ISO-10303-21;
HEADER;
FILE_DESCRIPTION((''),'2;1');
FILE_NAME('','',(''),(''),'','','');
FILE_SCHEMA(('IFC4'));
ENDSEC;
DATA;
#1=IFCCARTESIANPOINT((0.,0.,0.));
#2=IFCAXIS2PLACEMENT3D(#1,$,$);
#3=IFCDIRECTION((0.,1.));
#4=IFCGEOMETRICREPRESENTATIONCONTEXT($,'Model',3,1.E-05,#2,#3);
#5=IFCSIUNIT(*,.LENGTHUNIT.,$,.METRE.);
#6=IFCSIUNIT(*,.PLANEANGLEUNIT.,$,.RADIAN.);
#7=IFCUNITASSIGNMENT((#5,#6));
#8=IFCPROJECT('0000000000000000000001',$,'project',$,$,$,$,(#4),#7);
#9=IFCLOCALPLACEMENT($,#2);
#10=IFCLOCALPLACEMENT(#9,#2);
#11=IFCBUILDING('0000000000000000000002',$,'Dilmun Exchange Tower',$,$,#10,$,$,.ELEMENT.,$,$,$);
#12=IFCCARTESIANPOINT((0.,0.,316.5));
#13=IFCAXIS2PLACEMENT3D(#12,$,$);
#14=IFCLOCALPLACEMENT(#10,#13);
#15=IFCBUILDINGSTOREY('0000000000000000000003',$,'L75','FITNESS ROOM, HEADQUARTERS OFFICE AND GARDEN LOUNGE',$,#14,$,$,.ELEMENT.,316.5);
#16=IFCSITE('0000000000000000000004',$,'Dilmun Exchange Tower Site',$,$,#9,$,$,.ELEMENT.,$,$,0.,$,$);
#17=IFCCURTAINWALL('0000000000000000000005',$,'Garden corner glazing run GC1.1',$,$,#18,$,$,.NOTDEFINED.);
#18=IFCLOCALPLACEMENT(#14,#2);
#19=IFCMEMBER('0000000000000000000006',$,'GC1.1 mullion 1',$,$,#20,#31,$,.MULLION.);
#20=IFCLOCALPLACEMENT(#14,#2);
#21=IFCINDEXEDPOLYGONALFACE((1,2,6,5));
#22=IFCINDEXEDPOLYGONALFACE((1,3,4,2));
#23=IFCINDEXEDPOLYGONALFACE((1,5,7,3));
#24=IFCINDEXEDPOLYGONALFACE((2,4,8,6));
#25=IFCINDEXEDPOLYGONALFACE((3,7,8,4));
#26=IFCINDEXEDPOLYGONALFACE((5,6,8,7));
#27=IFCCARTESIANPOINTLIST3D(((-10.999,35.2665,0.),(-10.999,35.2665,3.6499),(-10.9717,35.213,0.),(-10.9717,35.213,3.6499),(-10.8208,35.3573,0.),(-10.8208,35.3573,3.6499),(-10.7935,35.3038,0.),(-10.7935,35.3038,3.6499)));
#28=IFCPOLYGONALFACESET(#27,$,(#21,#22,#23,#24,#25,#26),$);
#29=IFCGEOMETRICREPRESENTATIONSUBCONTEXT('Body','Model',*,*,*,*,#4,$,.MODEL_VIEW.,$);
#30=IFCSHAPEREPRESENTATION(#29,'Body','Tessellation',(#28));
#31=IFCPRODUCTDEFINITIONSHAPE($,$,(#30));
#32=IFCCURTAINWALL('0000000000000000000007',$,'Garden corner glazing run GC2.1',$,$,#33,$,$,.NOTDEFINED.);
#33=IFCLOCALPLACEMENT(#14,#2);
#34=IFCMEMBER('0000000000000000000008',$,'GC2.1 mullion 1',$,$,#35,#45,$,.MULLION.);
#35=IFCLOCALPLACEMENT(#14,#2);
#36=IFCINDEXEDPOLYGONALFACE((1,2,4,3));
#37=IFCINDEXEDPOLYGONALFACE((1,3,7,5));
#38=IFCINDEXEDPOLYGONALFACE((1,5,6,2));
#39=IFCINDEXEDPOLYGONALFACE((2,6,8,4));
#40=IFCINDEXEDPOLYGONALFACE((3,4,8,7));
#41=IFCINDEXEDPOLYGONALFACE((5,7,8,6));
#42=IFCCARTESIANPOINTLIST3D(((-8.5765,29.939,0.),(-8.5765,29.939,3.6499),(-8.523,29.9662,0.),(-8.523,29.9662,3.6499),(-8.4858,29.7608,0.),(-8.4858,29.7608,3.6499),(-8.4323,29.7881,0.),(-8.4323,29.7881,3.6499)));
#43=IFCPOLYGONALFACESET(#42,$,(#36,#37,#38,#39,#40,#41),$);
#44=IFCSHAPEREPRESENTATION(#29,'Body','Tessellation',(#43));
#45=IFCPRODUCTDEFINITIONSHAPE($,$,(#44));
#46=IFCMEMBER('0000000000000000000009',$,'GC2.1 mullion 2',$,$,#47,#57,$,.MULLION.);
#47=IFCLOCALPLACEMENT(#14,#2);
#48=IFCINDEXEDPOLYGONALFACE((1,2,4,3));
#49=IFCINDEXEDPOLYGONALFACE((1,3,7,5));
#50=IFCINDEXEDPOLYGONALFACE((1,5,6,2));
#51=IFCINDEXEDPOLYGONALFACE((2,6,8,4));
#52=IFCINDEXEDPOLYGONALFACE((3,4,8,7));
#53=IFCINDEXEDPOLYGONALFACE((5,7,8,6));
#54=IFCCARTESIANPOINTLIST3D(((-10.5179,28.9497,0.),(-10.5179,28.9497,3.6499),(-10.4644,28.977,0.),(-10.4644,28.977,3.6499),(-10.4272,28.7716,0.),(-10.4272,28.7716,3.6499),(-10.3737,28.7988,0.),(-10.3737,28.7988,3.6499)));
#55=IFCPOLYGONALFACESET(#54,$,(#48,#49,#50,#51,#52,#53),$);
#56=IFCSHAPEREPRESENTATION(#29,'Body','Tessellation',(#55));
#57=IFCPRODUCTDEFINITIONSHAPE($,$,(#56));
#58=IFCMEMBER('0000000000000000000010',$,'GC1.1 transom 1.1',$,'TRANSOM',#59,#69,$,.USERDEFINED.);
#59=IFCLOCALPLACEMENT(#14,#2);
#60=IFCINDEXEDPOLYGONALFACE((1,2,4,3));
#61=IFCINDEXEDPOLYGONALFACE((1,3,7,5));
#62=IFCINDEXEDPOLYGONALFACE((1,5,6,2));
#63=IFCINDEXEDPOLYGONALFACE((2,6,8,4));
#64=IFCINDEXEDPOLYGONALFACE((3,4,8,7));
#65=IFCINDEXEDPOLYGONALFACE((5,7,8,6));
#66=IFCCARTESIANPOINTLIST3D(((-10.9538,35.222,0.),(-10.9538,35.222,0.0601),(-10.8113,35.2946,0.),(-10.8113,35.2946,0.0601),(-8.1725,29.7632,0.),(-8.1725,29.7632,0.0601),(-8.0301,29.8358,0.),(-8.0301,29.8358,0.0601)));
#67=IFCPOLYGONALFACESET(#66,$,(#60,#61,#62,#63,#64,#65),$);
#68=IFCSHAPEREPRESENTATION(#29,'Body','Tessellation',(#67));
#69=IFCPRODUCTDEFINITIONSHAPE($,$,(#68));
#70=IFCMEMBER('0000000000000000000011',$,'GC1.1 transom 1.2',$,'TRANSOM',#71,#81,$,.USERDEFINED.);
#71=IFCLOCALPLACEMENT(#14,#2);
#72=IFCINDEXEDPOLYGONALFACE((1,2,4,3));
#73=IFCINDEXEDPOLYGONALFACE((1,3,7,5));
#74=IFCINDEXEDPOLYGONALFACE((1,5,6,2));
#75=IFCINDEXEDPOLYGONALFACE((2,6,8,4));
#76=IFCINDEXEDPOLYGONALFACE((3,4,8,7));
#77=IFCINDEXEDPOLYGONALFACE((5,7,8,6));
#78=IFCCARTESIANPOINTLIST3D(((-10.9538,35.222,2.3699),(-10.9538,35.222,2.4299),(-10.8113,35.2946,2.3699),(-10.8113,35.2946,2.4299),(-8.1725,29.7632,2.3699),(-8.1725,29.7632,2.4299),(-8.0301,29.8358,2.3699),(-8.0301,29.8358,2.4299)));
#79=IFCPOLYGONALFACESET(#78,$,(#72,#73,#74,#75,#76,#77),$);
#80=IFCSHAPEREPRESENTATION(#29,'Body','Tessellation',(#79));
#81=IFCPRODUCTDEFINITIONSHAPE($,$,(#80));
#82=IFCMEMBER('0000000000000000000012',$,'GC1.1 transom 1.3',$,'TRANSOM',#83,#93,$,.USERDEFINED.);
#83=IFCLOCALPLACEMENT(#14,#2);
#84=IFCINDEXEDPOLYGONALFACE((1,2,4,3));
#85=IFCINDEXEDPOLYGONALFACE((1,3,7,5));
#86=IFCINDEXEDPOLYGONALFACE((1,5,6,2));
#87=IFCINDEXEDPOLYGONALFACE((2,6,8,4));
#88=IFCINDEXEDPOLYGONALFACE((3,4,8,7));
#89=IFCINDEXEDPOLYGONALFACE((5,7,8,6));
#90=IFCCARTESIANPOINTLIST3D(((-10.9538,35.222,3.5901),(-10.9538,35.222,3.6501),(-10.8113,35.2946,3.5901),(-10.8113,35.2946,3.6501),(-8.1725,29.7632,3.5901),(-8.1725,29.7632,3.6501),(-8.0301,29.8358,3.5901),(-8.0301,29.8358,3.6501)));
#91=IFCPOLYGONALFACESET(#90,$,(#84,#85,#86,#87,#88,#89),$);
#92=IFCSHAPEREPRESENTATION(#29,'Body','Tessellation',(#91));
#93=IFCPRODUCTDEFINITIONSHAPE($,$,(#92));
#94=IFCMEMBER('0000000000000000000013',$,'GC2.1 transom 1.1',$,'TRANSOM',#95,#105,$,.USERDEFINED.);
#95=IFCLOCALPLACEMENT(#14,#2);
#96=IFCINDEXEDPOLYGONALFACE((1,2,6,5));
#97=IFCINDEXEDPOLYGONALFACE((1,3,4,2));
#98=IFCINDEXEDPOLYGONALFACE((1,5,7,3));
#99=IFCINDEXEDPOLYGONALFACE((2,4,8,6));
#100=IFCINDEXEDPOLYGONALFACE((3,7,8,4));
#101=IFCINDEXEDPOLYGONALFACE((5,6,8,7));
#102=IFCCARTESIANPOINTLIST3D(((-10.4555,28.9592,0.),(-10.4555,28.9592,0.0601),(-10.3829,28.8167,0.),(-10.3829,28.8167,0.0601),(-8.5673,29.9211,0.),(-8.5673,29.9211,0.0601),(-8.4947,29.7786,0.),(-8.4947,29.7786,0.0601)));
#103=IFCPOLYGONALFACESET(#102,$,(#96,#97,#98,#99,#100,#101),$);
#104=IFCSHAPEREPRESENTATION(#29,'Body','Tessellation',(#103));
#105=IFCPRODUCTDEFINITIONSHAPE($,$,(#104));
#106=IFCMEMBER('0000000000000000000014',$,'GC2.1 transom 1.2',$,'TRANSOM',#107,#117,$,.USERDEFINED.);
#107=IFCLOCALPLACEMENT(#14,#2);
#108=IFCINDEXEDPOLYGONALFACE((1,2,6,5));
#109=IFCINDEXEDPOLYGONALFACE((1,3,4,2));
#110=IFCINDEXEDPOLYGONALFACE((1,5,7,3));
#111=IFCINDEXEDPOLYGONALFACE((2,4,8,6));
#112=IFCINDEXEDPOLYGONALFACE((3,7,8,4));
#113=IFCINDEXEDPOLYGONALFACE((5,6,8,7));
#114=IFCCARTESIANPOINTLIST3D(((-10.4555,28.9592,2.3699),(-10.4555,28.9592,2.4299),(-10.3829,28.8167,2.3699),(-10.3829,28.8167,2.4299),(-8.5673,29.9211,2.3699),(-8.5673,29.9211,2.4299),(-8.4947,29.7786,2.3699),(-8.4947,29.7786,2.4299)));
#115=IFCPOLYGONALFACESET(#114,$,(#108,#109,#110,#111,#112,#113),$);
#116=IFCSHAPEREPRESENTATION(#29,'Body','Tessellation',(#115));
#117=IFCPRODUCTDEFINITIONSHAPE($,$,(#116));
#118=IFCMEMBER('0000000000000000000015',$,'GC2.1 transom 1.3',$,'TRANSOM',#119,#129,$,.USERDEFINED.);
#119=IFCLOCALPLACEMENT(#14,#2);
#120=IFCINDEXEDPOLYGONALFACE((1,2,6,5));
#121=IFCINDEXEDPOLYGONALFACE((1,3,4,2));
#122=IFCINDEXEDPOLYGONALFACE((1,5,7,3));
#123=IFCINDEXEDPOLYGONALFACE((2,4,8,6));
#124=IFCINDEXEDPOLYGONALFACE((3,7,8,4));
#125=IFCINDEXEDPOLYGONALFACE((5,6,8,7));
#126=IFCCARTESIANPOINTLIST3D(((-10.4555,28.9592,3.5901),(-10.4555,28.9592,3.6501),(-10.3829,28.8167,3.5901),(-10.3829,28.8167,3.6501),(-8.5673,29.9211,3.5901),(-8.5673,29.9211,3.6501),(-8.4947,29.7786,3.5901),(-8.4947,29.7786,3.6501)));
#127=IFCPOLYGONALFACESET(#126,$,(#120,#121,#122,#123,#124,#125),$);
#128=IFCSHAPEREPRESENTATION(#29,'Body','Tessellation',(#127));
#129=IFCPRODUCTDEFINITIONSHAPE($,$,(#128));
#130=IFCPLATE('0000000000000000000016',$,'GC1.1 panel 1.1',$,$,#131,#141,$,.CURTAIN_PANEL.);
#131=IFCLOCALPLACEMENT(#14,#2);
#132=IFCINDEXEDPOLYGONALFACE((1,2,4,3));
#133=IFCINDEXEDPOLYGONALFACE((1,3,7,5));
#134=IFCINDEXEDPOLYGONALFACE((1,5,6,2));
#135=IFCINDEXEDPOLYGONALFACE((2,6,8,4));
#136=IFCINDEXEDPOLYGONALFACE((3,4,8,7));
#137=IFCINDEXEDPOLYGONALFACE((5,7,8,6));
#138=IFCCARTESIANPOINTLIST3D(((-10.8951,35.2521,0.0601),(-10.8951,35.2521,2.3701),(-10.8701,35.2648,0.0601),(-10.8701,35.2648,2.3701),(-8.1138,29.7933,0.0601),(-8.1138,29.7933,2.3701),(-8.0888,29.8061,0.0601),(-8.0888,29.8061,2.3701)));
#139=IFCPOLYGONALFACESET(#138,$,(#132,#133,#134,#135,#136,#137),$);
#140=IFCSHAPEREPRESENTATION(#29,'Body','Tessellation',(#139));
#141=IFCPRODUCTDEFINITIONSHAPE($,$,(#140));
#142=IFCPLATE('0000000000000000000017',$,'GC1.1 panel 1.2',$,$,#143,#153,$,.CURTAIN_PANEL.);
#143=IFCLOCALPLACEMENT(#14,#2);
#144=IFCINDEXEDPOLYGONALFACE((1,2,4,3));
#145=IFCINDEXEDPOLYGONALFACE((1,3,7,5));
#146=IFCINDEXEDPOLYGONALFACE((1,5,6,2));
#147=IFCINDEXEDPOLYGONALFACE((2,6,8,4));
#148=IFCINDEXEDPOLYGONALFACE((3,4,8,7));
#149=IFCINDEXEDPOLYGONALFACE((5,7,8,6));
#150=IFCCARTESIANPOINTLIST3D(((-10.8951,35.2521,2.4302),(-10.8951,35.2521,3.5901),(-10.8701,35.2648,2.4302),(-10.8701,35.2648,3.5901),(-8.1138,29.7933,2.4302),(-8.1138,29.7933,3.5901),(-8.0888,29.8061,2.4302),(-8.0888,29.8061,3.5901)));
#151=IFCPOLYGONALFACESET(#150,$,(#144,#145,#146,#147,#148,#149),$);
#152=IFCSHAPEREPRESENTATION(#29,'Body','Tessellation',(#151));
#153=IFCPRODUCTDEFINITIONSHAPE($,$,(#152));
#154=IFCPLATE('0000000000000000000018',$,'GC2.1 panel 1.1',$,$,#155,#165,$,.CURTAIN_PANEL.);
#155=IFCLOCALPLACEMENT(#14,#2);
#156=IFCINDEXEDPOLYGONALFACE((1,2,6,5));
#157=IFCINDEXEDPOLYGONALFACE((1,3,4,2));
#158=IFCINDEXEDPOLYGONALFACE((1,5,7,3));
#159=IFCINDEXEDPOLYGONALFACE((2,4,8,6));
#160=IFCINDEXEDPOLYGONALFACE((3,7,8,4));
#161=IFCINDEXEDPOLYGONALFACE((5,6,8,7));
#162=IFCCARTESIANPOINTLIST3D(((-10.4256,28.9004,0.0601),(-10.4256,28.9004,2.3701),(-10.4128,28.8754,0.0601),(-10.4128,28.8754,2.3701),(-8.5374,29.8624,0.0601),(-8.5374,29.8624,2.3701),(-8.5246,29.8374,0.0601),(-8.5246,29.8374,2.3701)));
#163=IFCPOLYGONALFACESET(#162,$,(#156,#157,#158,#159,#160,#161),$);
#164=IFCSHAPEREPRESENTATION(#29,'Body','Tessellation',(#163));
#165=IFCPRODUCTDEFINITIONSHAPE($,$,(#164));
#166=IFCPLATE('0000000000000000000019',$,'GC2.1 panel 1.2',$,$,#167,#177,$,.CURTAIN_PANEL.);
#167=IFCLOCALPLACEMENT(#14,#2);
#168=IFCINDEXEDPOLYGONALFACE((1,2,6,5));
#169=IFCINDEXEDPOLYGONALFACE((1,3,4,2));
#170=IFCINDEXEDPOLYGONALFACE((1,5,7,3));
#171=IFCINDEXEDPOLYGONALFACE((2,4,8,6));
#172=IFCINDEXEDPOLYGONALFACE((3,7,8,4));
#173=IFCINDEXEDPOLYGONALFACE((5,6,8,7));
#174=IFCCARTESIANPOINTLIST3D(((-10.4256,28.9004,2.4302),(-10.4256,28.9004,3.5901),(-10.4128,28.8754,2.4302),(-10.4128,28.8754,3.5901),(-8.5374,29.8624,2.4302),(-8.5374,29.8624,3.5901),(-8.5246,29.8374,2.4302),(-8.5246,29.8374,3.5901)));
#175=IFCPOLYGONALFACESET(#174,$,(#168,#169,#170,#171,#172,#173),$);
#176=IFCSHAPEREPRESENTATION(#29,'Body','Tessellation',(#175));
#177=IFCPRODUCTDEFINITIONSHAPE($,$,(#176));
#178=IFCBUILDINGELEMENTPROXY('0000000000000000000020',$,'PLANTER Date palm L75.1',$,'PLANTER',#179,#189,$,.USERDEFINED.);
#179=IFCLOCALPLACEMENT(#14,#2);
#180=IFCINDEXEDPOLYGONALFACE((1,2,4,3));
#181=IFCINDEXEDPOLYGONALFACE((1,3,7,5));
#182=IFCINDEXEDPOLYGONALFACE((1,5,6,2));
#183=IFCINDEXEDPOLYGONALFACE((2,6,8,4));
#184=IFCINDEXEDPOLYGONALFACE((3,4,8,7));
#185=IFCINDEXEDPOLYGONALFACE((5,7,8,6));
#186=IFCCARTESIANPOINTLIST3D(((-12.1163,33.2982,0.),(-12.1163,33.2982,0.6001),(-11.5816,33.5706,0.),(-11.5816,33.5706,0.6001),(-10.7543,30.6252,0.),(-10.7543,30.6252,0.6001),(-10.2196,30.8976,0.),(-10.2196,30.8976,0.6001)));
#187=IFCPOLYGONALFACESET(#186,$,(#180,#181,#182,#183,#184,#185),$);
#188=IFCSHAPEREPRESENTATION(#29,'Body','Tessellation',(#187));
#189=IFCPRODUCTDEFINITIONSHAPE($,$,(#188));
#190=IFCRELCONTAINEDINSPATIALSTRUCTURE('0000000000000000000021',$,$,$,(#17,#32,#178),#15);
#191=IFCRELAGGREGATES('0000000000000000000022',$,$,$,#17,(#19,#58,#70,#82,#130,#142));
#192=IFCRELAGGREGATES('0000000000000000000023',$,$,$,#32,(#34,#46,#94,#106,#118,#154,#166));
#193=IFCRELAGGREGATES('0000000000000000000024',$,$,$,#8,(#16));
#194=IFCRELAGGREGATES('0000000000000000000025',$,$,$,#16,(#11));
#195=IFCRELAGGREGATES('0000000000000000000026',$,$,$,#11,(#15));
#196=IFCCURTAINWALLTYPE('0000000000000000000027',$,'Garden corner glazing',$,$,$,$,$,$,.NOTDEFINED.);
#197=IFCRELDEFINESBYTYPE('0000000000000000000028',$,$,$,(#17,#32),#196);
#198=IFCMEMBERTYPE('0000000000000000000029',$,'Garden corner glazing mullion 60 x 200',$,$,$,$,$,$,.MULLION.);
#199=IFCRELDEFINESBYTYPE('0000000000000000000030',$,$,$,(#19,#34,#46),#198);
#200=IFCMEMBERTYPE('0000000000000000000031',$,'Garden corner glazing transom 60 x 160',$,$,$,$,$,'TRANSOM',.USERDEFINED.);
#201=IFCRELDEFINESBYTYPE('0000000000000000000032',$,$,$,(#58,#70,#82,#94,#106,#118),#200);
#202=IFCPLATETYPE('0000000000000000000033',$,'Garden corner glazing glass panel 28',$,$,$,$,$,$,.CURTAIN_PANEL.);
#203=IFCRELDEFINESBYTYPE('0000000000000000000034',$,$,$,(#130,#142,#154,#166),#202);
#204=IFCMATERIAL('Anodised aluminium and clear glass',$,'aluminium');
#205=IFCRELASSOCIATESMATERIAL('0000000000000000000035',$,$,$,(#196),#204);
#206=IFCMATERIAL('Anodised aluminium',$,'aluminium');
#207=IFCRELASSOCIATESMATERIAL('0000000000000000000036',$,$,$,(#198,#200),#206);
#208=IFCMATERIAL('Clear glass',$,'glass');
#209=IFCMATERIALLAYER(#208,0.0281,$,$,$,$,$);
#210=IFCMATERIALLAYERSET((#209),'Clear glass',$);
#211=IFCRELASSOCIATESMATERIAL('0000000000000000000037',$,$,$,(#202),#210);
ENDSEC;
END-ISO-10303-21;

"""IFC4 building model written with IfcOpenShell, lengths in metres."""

from ifc_helpers import new_model, si_unit, direction, frame, origin, origin_2d, place, context, subcontext, project, spatial, rectangle, extrude, material, layer, layer_set, material_profile, profile_set, type_object, element, aggregate, save


model = new_model("IFC4")

# Units and contexts
model_context = context("Model", 3, precision=1e-05, world=origin(), true_north=direction((0.0, 1.0)))
body_context = subcontext(model_context, "Body", "Model", "MODEL_VIEW")
ifc_project = project(units=[si_unit("LENGTHUNIT", "METRE"), si_unit("PLANEANGLEUNIT", "RADIAN")], contexts=[model_context])

# Site, building, storey
site_placement = place(None, origin())
site = spatial("IfcSite", under=ifc_project, at=site_placement, Name="Dilmun Exchange Tower Site", CompositionType="ELEMENT", RefElevation=0.0)
building_placement = place(site_placement, origin())
building = spatial("IfcBuilding", under=site, at=building_placement, Name="Dilmun Exchange Tower", CompositionType="ELEMENT")
storey_placement = place(building_placement, frame((0.0, 0.0, 316.5)))
storey = spatial("IfcBuildingStorey", under=building, at=storey_placement, Name="L75", Description="FITNESS ROOM, HEADQUARTERS OFFICE AND GARDEN LOUNGE", CompositionType="ELEMENT", Elevation=316.5)

# Curtain wall, member
ifc_material_1 = material(Name="Anodised aluminium and clear glass", Category="aluminium")
curtain_wall_type = type_object("IfcCurtainWallType", Name="Garden corner glazing", PredefinedType="NOTDEFINED", material=ifc_material_1)
curtain_wall_1_placement = place(storey_placement, origin())
curtain_wall_1 = element("IfcCurtainWall", 1, at=curtain_wall_1_placement, inside=storey, type_object=curtain_wall_type, Name="Garden corner glazing run GC1.1", PredefinedType="NOTDEFINED")
ifc_material_2 = material(Name="Anodised aluminium", Category="aluminium")
ifc_material_profile_1 = material_profile(ifc_material_2, rectangle(XDim=0.2, YDim=0.0601, at=origin_2d()), Name="AL 60x200")
ifc_profile_set_1 = profile_set([ifc_material_profile_1], Name="Anodised aluminium")
member_type_1 = type_object("IfcMemberType", Name="Garden corner glazing mullion 60 x 200", PredefinedType="MULLION", material=ifc_profile_set_1)
member_1_placement = place(storey_placement, frame((-10.8962, 35.2852, 0.0), z_axis=(0.0, 0.0, 1.0), x_axis=(0.891011, 0.453982, 0.0)))
member_1 = element("IfcMember", 2, at=member_1_placement, type_object=member_type_1, Name="GC1.1 mullion 1", PredefinedType="MULLION", context=body_context, shape_type="SweptSolid", body=[
    extrude(rectangle(XDim=0.2, YDim=0.0601, at=origin_2d()), origin(), (0.0, 0.0, 1.0), 3.6499),
])

# Curtain wall, members
curtain_wall_2_placement = place(storey_placement, origin())
curtain_wall_2 = element("IfcCurtainWall", 3, at=curtain_wall_2_placement, inside=storey, type_object=curtain_wall_type, Name="Garden corner glazing run GC2.1", PredefinedType="NOTDEFINED")
member_2_placement = place(storey_placement, frame((-8.5044, 29.8635, 0.0), z_axis=(0.0, 0.0, 1.0), x_axis=(0.453989, -0.891007, 0.0)))
member_2 = element("IfcMember", 4, at=member_2_placement, type_object=member_type_1, Name="GC2.1 mullion 1", PredefinedType="MULLION", context=body_context, shape_type="SweptSolid", body=[
    extrude(rectangle(XDim=0.2, YDim=0.0601, at=origin_2d()), origin(), (0.0, 0.0, 1.0), 3.6499),
])
member_3_placement = place(storey_placement, frame((-10.4458, 28.8743, 0.0), z_axis=(0.0, 0.0, 1.0), x_axis=(0.453989, -0.891007, 0.0)))
member_3 = element("IfcMember", 5, at=member_3_placement, type_object=member_type_1, Name="GC2.1 mullion 2", PredefinedType="MULLION", context=body_context, shape_type="SweptSolid", body=[
    extrude(rectangle(XDim=0.2, YDim=0.0601, at=origin_2d()), origin(), (0.0, 0.0, 1.0), 3.6499),
])

# Members
ifc_material_profile_2 = material_profile(ifc_material_2, rectangle(XDim=0.1599, YDim=0.0601, at=origin_2d()), Name="AL 60x160")
ifc_profile_set_2 = profile_set([ifc_material_profile_2], Name="Anodised aluminium")
member_type_2 = type_object("IfcMemberType", Name="Garden corner glazing transom 60 x 160", ElementType="TRANSOM", PredefinedType="USERDEFINED", material=ifc_profile_set_2)
member_4_placement = place(storey_placement, frame((-10.8826, 35.2583, 0.03), z_axis=(0.453975, -0.891014, 0.0), x_axis=(0.891014, 0.453975, 0.0)))
member_4 = element("IfcMember", 6, at=member_4_placement, type_object=member_type_2, Name="GC1.1 transom 1.1", ObjectType="TRANSOM", PredefinedType="USERDEFINED", context=body_context, shape_type="SweptSolid", body=[
    extrude(rectangle(XDim=0.1599, YDim=0.0601, at=origin_2d()), origin(), (0.0, 0.0, 1.0), 6.1265),
])
member_5_placement = place(storey_placement, frame((-10.8826, 35.2583, 2.3999), z_axis=(0.453975, -0.891014, 0.0), x_axis=(0.891014, 0.453975, 0.0)))
member_5 = element("IfcMember", 7, at=member_5_placement, type_object=member_type_2, Name="GC1.1 transom 1.2", ObjectType="TRANSOM", PredefinedType="USERDEFINED", context=body_context, shape_type="SweptSolid", body=[
    extrude(rectangle(XDim=0.1599, YDim=0.0601, at=origin_2d()), origin(), (0.0, 0.0, 1.0), 6.1265),
])
member_6_placement = place(storey_placement, frame((-10.8826, 35.2583, 3.6201), z_axis=(0.453975, -0.891014, 0.0), x_axis=(0.891014, 0.453975, 0.0)))
member_6 = element("IfcMember", 8, at=member_6_placement, type_object=member_type_2, Name="GC1.1 transom 1.3", ObjectType="TRANSOM", PredefinedType="USERDEFINED", context=body_context, shape_type="SweptSolid", body=[
    extrude(rectangle(XDim=0.1599, YDim=0.0601, at=origin_2d()), origin(), (0.0, 0.0, 1.0), 6.1265),
])
member_7_placement = place(storey_placement, frame((-8.531, 29.8499, 0.03), z_axis=(-0.891038, -0.453929, 0.0), x_axis=(0.453929, -0.891038, 0.0)))
member_7 = element("IfcMember", 9, at=member_7_placement, type_object=member_type_2, Name="GC2.1 transom 1.1", ObjectType="TRANSOM", PredefinedType="USERDEFINED", context=body_context, shape_type="SweptSolid", body=[
    extrude(rectangle(XDim=0.1599, YDim=0.0601, at=origin_2d()), origin(), (0.0, 0.0, 1.0), 2.1191),
])
member_8_placement = place(storey_placement, frame((-8.531, 29.8499, 2.3999), z_axis=(-0.891038, -0.453929, 0.0), x_axis=(0.453929, -0.891038, 0.0)))
member_8 = element("IfcMember", 10, at=member_8_placement, type_object=member_type_2, Name="GC2.1 transom 1.2", ObjectType="TRANSOM", PredefinedType="USERDEFINED", context=body_context, shape_type="SweptSolid", body=[
    extrude(rectangle(XDim=0.1599, YDim=0.0601, at=origin_2d()), origin(), (0.0, 0.0, 1.0), 2.1191),
])
member_9_placement = place(storey_placement, frame((-8.531, 29.8499, 3.6201), z_axis=(-0.891038, -0.453929, 0.0), x_axis=(0.453929, -0.891038, 0.0)))
member_9 = element("IfcMember", 11, at=member_9_placement, type_object=member_type_2, Name="GC2.1 transom 1.3", ObjectType="TRANSOM", PredefinedType="USERDEFINED", context=body_context, shape_type="SweptSolid", body=[
    extrude(rectangle(XDim=0.1599, YDim=0.0601, at=origin_2d()), origin(), (0.0, 0.0, 1.0), 2.1191),
])

# Plates
ifc_material_3 = material(Name="Clear glass", Category="glass")
ifc_layer_1 = layer(ifc_material_3, 0.0281)
ifc_layer_set_1 = layer_set([ifc_layer_1], Name="Clear glass")
plate_type = type_object("IfcPlateType", Name="Garden corner glazing glass panel 28", PredefinedType="CURTAIN_PANEL", material=ifc_layer_set_1)
plate_1_placement = place(storey_placement, frame((-9.4919, 32.5291, 0.0601), z_axis=(0.0, 0.0, 1.0), x_axis=(0.453982, -0.891011, 0.0)))
plate_1 = element("IfcPlate", 12, at=plate_1_placement, type_object=plate_type, Name="GC1.1 panel 1.1", PredefinedType="CURTAIN_PANEL", context=body_context, shape_type="SweptSolid", body=[
    extrude(rectangle(XDim=6.1265, YDim=0.0281, at=origin_2d()), origin(), (0.0, 0.0, 1.0), 2.3101),
])
plate_2_placement = place(storey_placement, frame((-9.4919, 32.5291, 2.4302), z_axis=(0.0, 0.0, 1.0), x_axis=(0.453982, -0.891011, 0.0)))
plate_2 = element("IfcPlate", 13, at=plate_2_placement, type_object=plate_type, Name="GC1.1 panel 1.2", PredefinedType="CURTAIN_PANEL", context=body_context, shape_type="SweptSolid", body=[
    extrude(rectangle(XDim=6.1265, YDim=0.0281, at=origin_2d()), origin(), (0.0, 0.0, 1.0), 1.1599),
])
aggregate(curtain_wall_1, [member_1, member_4, member_5, member_6, plate_1, plate_2])
plate_3_placement = place(storey_placement, frame((-9.4751, 29.3689, 0.0601), z_axis=(0.0, 0.0, 1.0), x_axis=(-0.891007, -0.453989, 0.0)))
plate_3 = element("IfcPlate", 14, at=plate_3_placement, type_object=plate_type, Name="GC2.1 panel 1.1", PredefinedType="CURTAIN_PANEL", context=body_context, shape_type="SweptSolid", body=[
    extrude(rectangle(XDim=2.1191, YDim=0.0281, at=origin_2d()), origin(), (0.0, 0.0, 1.0), 2.3101),
])
plate_4_placement = place(storey_placement, frame((-9.4751, 29.3689, 2.4302), z_axis=(0.0, 0.0, 1.0), x_axis=(-0.891007, -0.453989, 0.0)))
plate_4 = element("IfcPlate", 15, at=plate_4_placement, type_object=plate_type, Name="GC2.1 panel 1.2", PredefinedType="CURTAIN_PANEL", context=body_context, shape_type="SweptSolid", body=[
    extrude(rectangle(XDim=2.1191, YDim=0.0281, at=origin_2d()), origin(), (0.0, 0.0, 1.0), 1.1599),
])
aggregate(curtain_wall_2, [member_2, member_3, member_7, member_8, member_9, plate_3, plate_4])

# Building element proxy
proxy_placement = place(storey_placement, frame((-11.168, 32.0979, 0.0), z_axis=(0.0, 0.0, 1.0), x_axis=(-0.45399, 0.891007, 0.0)))
element("IfcBuildingElementProxy", 16, at=proxy_placement, inside=storey, Name="PLANTER Date palm L75.1", ObjectType="PLANTER", PredefinedType="USERDEFINED", context=body_context, shape_type="SweptSolid", body=[
    extrude(rectangle(XDim=3.0, YDim=0.6001, at=origin_2d()), origin(), (0.0, 0.0, 1.0), 0.6001),
])

save(model, "model.ifc")
